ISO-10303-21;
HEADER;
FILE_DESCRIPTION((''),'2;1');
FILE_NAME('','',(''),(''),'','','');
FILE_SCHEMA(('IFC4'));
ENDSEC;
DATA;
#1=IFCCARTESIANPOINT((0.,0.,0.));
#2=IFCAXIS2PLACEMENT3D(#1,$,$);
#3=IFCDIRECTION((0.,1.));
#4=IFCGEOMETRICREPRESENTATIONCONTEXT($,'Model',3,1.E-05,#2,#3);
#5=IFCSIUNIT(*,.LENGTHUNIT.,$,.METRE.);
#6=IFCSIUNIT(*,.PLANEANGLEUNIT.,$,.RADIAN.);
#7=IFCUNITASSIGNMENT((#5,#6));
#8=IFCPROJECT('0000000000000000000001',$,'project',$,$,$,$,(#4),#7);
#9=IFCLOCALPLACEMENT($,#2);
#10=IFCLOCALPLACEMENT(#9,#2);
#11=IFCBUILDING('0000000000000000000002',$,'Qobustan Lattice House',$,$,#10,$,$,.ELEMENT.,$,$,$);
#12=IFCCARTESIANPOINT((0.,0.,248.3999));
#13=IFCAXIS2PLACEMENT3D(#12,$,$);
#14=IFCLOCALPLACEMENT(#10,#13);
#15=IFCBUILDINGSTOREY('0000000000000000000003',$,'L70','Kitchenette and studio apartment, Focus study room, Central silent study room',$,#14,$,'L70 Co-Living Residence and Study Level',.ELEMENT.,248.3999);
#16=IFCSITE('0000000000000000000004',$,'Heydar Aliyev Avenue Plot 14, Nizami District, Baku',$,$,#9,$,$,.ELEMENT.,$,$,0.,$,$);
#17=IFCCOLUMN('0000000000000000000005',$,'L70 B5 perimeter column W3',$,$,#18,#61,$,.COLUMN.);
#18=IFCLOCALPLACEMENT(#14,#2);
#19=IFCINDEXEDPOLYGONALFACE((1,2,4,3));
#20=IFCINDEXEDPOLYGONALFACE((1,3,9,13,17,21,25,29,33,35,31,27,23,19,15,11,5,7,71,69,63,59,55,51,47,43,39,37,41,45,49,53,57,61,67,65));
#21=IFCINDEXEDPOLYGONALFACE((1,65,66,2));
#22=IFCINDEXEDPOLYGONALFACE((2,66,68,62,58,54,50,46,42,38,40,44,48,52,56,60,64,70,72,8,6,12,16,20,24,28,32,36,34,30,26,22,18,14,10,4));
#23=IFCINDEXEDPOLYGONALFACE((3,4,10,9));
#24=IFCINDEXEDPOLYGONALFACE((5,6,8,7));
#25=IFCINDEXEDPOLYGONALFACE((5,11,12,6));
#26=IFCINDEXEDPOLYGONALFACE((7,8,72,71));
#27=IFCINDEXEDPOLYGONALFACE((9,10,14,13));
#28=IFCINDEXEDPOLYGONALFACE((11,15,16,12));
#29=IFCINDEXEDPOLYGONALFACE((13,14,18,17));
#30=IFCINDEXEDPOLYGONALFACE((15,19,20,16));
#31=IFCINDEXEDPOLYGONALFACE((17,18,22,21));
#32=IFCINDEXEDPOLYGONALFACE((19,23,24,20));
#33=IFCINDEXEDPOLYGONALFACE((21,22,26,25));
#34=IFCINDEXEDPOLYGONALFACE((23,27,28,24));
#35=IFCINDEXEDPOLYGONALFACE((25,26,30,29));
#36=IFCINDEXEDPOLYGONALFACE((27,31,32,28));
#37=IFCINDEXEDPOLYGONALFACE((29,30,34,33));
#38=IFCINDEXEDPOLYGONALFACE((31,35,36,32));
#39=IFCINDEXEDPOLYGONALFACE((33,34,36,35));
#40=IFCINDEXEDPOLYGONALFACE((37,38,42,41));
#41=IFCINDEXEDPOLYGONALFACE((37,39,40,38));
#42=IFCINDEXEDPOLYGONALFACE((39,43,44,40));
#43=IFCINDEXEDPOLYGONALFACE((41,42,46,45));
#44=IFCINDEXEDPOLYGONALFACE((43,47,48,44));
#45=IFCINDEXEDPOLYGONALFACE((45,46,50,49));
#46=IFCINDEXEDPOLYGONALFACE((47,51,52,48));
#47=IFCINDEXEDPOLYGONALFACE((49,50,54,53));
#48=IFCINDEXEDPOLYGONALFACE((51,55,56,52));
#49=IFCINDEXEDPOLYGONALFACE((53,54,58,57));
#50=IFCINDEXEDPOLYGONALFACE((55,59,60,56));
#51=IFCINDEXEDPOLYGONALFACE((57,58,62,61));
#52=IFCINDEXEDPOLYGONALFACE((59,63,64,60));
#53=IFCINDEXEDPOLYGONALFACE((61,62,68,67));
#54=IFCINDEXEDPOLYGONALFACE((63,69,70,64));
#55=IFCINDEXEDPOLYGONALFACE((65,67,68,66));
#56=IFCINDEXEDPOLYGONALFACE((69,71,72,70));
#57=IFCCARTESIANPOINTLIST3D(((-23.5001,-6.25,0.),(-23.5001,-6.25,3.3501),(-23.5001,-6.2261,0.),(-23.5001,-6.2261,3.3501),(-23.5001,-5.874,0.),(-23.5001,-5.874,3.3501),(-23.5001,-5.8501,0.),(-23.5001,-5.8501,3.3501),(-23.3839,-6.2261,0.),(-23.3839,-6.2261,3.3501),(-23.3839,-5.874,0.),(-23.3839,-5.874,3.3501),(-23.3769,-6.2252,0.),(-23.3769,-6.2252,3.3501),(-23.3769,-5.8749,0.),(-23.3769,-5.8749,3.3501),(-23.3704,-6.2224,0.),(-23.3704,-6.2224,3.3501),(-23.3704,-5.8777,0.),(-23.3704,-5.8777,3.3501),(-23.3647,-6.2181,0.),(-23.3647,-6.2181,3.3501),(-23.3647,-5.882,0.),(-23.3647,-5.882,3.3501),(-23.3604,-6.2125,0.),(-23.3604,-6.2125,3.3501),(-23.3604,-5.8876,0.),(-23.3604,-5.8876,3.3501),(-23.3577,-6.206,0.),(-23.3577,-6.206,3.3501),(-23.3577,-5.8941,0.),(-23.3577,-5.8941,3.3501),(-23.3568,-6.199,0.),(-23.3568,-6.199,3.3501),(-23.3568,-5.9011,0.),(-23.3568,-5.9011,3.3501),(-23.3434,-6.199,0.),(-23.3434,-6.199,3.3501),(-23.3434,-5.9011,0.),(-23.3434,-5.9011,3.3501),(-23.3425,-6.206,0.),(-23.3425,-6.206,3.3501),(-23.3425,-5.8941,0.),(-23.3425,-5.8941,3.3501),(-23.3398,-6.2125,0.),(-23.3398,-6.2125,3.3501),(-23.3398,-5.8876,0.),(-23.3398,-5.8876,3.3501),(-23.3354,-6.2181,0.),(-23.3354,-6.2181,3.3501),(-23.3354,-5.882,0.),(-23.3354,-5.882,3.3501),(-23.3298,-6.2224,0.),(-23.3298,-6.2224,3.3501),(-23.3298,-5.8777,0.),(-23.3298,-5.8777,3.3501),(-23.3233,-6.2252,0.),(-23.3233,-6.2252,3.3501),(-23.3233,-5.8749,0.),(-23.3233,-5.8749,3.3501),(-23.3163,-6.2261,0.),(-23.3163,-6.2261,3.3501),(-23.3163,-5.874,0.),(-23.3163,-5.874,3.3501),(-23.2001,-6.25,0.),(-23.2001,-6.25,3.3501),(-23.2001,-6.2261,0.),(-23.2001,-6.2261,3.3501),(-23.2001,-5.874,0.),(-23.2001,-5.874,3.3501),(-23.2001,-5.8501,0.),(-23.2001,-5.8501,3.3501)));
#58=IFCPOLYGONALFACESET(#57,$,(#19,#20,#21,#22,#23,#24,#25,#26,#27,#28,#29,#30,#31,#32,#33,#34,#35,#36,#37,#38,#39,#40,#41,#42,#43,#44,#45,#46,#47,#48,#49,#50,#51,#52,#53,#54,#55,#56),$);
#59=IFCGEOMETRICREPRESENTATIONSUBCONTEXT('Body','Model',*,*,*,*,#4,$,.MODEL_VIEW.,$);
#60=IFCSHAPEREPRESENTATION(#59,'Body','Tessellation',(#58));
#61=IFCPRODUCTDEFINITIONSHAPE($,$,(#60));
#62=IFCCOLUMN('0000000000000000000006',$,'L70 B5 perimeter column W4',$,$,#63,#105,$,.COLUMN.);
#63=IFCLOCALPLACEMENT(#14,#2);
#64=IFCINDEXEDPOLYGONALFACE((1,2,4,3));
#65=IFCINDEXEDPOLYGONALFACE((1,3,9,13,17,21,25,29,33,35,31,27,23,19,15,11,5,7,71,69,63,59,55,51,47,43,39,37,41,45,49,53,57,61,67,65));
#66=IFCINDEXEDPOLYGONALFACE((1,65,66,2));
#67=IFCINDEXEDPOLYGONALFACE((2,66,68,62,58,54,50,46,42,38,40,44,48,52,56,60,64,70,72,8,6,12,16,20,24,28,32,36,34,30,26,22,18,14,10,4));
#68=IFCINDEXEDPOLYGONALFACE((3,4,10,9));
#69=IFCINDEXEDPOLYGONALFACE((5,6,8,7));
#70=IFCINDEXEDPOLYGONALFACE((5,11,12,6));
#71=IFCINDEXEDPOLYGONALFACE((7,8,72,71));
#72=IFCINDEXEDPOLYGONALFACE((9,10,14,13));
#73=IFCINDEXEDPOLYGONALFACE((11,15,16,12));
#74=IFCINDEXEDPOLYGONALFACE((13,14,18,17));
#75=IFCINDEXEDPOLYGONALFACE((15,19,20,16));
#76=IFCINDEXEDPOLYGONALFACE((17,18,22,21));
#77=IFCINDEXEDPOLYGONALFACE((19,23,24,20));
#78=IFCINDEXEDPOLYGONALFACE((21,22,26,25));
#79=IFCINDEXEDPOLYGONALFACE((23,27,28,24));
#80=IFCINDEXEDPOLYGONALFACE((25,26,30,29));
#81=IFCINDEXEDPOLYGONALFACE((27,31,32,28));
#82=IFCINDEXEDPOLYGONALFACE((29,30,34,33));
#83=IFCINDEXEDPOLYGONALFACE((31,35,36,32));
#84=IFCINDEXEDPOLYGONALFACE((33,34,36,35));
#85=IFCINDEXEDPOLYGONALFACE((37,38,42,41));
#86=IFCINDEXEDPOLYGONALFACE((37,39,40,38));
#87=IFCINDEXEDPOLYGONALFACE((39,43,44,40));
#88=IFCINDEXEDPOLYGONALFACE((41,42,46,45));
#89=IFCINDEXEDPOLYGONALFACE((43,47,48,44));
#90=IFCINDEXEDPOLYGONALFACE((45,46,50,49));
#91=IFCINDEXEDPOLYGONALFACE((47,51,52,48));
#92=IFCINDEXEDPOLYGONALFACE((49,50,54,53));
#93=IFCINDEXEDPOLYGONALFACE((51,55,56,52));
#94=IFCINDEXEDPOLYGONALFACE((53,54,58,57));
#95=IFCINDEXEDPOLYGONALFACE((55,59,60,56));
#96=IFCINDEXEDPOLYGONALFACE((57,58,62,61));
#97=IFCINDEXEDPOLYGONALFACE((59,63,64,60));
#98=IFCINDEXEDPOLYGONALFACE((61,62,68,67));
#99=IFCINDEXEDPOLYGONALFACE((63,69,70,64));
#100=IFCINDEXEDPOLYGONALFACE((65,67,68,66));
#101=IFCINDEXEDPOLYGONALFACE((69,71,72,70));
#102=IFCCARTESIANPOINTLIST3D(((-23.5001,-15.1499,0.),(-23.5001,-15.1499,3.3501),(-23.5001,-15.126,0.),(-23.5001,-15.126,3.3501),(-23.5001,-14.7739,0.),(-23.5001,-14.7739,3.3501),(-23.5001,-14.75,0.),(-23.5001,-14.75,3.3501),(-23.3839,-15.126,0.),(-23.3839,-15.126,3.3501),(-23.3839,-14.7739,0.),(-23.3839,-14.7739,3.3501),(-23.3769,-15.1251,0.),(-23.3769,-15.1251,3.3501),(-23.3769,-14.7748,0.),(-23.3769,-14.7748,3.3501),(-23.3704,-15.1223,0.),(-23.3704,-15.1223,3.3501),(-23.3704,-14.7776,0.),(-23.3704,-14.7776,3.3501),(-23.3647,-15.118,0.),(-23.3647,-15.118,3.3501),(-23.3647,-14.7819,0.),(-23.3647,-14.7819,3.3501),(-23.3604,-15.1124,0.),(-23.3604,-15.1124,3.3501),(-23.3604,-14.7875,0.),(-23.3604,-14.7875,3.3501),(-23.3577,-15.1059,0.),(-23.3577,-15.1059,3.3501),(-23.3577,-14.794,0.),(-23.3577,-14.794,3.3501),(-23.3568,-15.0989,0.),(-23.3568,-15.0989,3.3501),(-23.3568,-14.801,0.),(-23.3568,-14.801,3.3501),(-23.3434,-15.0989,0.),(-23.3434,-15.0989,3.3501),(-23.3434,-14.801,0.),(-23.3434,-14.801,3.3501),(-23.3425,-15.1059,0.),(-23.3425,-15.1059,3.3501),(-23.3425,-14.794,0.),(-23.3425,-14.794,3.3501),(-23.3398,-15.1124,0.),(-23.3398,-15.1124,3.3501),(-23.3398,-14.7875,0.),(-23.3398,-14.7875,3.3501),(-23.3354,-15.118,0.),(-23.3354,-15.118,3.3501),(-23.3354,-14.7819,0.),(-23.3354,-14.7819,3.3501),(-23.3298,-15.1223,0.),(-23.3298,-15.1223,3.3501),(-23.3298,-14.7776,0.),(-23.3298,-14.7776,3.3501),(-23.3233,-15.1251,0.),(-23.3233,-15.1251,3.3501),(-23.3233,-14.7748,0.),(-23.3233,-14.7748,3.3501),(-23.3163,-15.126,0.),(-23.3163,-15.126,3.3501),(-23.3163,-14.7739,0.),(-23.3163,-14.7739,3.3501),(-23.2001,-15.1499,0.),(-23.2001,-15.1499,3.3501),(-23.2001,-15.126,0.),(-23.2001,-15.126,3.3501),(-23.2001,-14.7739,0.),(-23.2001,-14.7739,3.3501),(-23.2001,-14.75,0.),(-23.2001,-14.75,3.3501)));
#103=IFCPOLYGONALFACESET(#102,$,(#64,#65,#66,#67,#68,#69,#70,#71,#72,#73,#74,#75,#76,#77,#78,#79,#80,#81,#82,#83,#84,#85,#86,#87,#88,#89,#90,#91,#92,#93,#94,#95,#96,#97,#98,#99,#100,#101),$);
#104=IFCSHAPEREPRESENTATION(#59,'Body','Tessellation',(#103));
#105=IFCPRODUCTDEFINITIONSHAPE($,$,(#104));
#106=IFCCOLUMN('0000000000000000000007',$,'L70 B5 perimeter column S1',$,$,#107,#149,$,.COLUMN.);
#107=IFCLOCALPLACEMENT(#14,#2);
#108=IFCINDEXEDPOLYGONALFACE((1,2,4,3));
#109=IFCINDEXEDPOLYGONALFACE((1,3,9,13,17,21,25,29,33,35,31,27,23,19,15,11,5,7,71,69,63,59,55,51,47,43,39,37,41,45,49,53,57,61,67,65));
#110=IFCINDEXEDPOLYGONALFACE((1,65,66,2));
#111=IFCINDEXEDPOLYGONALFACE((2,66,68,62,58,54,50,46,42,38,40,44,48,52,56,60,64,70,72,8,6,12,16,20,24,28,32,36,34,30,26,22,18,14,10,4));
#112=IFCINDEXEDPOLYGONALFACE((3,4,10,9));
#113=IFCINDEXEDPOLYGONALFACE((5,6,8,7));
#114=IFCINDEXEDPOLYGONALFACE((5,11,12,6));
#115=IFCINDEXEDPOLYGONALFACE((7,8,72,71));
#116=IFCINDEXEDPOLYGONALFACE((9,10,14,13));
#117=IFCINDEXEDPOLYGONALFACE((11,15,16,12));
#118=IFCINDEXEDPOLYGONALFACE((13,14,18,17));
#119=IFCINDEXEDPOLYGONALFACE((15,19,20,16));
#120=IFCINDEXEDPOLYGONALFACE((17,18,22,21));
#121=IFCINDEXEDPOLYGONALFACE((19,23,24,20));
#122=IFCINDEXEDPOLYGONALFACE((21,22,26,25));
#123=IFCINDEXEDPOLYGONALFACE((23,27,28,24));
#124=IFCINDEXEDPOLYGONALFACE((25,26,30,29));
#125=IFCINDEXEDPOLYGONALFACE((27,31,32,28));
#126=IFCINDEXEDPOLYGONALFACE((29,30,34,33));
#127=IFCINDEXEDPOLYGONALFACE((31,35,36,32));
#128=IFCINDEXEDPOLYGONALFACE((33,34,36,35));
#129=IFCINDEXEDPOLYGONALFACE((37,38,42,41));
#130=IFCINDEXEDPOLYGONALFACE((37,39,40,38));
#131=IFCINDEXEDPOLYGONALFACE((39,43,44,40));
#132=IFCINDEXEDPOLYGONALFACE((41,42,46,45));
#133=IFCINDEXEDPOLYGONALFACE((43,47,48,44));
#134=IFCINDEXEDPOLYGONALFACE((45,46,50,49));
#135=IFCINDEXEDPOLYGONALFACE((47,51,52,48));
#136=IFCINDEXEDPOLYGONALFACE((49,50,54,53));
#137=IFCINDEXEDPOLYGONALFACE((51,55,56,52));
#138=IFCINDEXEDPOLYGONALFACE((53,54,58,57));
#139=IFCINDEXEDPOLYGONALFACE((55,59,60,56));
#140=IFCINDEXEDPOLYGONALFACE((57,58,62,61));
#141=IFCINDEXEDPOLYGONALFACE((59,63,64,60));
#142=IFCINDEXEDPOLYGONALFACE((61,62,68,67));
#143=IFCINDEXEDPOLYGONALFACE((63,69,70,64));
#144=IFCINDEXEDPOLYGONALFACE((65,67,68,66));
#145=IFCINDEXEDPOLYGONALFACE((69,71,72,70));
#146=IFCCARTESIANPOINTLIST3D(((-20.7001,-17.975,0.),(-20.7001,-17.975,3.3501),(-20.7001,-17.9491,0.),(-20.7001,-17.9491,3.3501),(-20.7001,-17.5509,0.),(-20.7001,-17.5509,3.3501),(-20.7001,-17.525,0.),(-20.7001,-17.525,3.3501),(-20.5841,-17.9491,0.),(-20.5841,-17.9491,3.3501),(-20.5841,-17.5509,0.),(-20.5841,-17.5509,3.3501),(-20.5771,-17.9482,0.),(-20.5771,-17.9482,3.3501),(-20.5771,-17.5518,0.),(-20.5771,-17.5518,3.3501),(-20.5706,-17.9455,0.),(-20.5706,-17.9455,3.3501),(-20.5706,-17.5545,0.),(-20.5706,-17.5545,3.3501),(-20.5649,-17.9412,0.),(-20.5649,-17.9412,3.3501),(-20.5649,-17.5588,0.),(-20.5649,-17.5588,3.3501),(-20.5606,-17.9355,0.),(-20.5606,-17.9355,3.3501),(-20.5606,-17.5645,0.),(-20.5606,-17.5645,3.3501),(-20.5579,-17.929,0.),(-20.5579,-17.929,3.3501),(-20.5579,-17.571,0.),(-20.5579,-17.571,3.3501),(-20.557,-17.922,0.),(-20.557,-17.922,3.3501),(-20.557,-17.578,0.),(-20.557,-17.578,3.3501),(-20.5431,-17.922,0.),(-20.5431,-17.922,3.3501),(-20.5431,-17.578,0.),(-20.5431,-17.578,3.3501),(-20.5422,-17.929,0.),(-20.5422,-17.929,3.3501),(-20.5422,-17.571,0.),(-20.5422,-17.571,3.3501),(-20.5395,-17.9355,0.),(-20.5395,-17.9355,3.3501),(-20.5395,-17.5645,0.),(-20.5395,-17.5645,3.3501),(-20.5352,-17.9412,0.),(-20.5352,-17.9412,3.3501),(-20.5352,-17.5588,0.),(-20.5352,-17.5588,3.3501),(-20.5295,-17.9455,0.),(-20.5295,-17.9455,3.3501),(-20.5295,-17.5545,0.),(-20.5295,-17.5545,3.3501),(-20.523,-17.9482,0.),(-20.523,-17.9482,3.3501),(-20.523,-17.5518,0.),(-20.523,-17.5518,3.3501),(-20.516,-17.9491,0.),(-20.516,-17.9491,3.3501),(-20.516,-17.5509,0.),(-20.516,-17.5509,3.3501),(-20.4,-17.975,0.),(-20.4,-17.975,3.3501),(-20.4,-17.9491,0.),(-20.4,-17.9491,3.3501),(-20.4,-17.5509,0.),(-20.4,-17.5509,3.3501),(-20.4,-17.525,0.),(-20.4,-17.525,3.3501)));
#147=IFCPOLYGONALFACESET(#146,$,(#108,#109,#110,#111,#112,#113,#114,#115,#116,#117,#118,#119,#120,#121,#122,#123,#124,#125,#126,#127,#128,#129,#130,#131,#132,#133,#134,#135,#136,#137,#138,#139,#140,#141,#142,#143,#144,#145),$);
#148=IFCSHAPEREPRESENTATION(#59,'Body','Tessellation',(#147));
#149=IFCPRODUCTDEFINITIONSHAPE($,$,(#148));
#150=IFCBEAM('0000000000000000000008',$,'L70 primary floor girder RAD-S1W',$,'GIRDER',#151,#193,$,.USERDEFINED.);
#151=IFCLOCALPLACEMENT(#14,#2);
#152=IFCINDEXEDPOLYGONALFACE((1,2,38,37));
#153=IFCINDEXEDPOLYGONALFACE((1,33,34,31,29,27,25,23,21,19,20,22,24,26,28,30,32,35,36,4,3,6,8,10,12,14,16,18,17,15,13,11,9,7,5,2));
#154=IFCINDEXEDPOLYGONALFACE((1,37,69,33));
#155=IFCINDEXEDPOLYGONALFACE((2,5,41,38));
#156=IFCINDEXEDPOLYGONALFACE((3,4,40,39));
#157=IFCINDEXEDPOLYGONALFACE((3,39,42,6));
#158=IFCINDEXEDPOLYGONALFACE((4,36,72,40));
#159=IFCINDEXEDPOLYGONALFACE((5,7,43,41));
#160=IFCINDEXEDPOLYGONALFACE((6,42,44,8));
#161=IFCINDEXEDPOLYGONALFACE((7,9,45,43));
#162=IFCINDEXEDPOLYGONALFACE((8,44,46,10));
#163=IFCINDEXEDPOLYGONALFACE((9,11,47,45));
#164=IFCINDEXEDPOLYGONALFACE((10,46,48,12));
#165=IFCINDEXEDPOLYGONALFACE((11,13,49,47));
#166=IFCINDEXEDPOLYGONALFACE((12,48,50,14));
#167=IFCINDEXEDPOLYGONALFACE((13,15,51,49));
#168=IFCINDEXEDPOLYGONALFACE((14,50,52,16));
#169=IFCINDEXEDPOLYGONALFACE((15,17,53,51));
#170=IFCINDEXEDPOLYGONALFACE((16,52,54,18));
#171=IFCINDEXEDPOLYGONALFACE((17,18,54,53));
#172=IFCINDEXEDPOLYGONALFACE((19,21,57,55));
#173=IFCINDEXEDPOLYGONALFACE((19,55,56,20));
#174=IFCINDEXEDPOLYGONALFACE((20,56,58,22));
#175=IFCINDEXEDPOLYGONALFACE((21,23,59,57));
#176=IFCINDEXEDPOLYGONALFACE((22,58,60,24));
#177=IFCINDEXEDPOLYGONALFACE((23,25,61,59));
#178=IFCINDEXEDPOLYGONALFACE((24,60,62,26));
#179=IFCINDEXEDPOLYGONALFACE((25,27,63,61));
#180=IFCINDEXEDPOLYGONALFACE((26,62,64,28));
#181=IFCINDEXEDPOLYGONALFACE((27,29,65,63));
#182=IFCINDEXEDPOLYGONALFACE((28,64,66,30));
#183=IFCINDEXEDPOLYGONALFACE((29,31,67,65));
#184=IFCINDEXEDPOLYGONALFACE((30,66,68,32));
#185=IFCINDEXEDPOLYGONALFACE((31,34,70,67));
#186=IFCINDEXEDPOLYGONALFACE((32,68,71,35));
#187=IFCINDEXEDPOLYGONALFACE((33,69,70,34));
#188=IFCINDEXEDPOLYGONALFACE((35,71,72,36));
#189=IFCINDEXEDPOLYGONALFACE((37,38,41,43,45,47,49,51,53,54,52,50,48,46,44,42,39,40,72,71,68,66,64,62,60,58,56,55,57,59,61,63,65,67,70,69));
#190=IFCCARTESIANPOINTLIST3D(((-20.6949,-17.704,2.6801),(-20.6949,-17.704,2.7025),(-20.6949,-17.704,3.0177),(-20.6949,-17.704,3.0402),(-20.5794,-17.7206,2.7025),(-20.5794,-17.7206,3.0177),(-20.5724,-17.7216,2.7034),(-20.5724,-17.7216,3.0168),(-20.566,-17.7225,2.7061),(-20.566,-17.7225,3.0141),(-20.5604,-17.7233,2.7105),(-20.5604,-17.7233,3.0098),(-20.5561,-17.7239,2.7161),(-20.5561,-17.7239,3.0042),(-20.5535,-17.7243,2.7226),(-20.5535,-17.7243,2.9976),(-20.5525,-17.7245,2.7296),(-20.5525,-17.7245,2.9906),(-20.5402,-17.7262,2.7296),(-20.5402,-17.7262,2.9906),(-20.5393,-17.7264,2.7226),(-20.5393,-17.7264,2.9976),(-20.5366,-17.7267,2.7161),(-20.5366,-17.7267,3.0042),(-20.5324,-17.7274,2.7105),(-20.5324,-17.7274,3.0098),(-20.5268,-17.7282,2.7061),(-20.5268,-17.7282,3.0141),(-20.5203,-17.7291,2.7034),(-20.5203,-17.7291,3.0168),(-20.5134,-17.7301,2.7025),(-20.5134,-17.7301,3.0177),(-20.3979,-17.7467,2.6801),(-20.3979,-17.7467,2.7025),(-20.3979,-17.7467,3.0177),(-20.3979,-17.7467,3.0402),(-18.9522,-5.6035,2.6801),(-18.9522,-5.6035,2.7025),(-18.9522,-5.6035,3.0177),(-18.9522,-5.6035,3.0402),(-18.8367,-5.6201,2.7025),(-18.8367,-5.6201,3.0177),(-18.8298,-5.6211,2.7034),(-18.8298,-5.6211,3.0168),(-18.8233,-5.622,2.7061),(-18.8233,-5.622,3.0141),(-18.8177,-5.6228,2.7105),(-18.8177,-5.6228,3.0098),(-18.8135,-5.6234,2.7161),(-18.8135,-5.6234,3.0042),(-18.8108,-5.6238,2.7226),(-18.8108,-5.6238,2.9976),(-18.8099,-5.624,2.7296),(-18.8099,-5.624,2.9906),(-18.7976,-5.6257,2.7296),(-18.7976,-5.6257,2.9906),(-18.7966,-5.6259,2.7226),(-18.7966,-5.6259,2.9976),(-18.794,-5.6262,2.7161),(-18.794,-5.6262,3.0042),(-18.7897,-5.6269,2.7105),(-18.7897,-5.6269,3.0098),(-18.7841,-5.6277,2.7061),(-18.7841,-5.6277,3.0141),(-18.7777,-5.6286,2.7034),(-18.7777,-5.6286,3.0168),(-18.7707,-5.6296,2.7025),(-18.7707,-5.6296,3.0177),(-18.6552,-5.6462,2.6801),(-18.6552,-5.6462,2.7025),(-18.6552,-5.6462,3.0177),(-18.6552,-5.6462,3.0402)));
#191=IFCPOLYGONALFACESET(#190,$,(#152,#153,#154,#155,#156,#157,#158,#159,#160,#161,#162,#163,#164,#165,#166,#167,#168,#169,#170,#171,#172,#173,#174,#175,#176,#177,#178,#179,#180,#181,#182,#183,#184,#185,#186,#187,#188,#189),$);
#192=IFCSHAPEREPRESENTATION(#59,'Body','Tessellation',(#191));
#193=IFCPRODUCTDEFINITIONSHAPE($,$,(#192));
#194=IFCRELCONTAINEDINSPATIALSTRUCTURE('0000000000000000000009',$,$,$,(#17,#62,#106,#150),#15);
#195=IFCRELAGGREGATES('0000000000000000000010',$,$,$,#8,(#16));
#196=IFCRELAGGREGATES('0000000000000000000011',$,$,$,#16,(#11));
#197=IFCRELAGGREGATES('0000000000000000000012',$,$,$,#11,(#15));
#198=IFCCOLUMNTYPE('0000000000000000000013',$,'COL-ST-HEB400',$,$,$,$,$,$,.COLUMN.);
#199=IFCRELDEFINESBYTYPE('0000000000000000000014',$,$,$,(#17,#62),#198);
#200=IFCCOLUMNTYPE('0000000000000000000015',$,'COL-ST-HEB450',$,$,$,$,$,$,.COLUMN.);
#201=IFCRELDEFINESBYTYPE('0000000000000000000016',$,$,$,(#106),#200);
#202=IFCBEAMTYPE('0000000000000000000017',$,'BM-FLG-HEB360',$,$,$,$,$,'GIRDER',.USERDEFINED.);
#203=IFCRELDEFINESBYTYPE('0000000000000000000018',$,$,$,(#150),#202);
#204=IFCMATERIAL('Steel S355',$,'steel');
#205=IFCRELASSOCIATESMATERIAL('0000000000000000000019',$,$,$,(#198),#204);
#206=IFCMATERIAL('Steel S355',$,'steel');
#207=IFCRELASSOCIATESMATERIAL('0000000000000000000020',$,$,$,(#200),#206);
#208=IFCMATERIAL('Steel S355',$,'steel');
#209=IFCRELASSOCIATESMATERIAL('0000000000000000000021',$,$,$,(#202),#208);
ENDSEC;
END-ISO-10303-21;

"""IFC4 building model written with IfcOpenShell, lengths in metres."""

from ifc_helpers import new_model, si_unit, direction, frame, origin, origin_2d, place, context, subcontext, project, spatial, i_section, extrude, material, material_profile, profile_set, type_object, element, save


model = new_model("IFC4")

# Units and contexts
model_context = context("Model", 3, precision=1e-05, world=origin(), true_north=direction((0.0, 1.0)))
body_context = subcontext(model_context, "Body", "Model", "MODEL_VIEW")
ifc_project = project(units=[si_unit("LENGTHUNIT", "METRE"), si_unit("PLANEANGLEUNIT", "RADIAN")], contexts=[model_context])

# Site, building, storey
site_placement = place(None, origin())
site = spatial("IfcSite", under=ifc_project, at=site_placement, Name="Heydar Aliyev Avenue Plot 14, Nizami District, Baku", CompositionType="ELEMENT", RefElevation=0.0)
building_placement = place(site_placement, origin())
building = spatial("IfcBuilding", under=site, at=building_placement, Name="Qobustan Lattice House", CompositionType="ELEMENT")
storey_placement = place(building_placement, frame((0.0, 0.0, 248.3999)))
storey = spatial("IfcBuildingStorey", under=building, at=storey_placement, Name="L70", Description="Kitchenette and studio apartment, Focus study room, Central silent study room", LongName="L70 Co-Living Residence and Study Level", CompositionType="ELEMENT", Elevation=248.3999)

# Columns
ifc_material_1 = material(Name="Steel S355", Category="steel")
ifc_material_profile_1 = material_profile(ifc_material_1, i_section(OverallWidth=0.3, OverallDepth=0.3999, WebThickness=0.0134, FlangeThickness=0.0239, FilletRadius=0.0271, at=origin_2d()), Name="HEB400")
ifc_profile_set_1 = profile_set([ifc_material_profile_1], Name="Steel S355")
column_type_1 = type_object("IfcColumnType", Name="COL-ST-HEB400", PredefinedType="COLUMN", material=ifc_profile_set_1)
for number, where, z_axis, x_axis, name in (
    (1, (-23.3501, -6.05, 0.0), (0.0, 0.0, 1.0), (1.0, 0.0, 0.0), "L70 B5 perimeter column W3"),
    (2, (-23.3501, -14.95, 0.0), (0.0, 0.0, 1.0), (1.0, 0.0, 0.0), "L70 B5 perimeter column W4"),
):
    element("IfcColumn", number, at=place(storey_placement, frame(where, z_axis=z_axis, x_axis=x_axis)), inside=storey, type_object=column_type_1, Name=name, PredefinedType="COLUMN", context=body_context, shape_type="SweptSolid", body=[
        extrude(i_section(OverallWidth=0.3, OverallDepth=0.3999, WebThickness=0.0134, FlangeThickness=0.0239, FilletRadius=0.0271, at=origin_2d()), origin(), (0.0, 0.0, 1.0), 3.3501),
    ])
ifc_material_2 = material(Name="Steel S355", Category="steel")
ifc_material_profile_2 = material_profile(ifc_material_2, i_section(OverallWidth=0.3, OverallDepth=0.45, WebThickness=0.0139, FlangeThickness=0.0259, FilletRadius=0.0271, at=origin_2d()), Name="HEB450")
ifc_profile_set_2 = profile_set([ifc_material_profile_2], Name="Steel S355")
column_type_2 = type_object("IfcColumnType", Name="COL-ST-HEB450", PredefinedType="COLUMN", material=ifc_profile_set_2)
column_placement = place(storey_placement, frame((-20.55, -17.75, 0.0), z_axis=(0.0, 0.0, 1.0), x_axis=(1.0, 0.0, 0.0)))
element("IfcColumn", 3, at=column_placement, inside=storey, type_object=column_type_2, Name="L70 B5 perimeter column S1", PredefinedType="COLUMN", context=body_context, shape_type="SweptSolid", body=[
    extrude(i_section(OverallWidth=0.3, OverallDepth=0.45, WebThickness=0.0139, FlangeThickness=0.0259, FilletRadius=0.0271, at=origin_2d()), origin(), (0.0, 0.0, 1.0), 3.3501),
])

# Beam
ifc_material_3 = material(Name="Steel S355", Category="steel")
ifc_material_profile_3 = material_profile(ifc_material_3, i_section(OverallWidth=0.3, OverallDepth=0.3601, WebThickness=0.0125, FlangeThickness=0.0225, FilletRadius=0.0271, at=origin_2d()), Name="HEB360")
ifc_profile_set_3 = profile_set([ifc_material_profile_3], Name="Steel S355")
beam_type_1 = type_object("IfcBeamType", Name="BM-FLG-HEB360", ElementType="GIRDER", PredefinedType="USERDEFINED", material=ifc_profile_set_3)
beam_1_placement = place(storey_placement, frame((-20.5464, -17.7253, 2.8601), z_axis=(0.142545, 0.989788, 0.0), x_axis=(-0.989788, 0.142545, 0.0)))
element("IfcBeam", 4, at=beam_1_placement, inside=storey, type_object=beam_type_1, Name="L70 primary floor girder RAD-S1W", ObjectType="GIRDER", PredefinedType="USERDEFINED", context=body_context, shape_type="SweptSolid", body=[
    extrude(i_section(OverallWidth=0.3, OverallDepth=0.3601, WebThickness=0.0125, FlangeThickness=0.0225, FilletRadius=0.0271, at=origin_2d()), origin(), (0.0, 0.0, 1.0), 12.2253),
])

save(model, "model.ifc")
